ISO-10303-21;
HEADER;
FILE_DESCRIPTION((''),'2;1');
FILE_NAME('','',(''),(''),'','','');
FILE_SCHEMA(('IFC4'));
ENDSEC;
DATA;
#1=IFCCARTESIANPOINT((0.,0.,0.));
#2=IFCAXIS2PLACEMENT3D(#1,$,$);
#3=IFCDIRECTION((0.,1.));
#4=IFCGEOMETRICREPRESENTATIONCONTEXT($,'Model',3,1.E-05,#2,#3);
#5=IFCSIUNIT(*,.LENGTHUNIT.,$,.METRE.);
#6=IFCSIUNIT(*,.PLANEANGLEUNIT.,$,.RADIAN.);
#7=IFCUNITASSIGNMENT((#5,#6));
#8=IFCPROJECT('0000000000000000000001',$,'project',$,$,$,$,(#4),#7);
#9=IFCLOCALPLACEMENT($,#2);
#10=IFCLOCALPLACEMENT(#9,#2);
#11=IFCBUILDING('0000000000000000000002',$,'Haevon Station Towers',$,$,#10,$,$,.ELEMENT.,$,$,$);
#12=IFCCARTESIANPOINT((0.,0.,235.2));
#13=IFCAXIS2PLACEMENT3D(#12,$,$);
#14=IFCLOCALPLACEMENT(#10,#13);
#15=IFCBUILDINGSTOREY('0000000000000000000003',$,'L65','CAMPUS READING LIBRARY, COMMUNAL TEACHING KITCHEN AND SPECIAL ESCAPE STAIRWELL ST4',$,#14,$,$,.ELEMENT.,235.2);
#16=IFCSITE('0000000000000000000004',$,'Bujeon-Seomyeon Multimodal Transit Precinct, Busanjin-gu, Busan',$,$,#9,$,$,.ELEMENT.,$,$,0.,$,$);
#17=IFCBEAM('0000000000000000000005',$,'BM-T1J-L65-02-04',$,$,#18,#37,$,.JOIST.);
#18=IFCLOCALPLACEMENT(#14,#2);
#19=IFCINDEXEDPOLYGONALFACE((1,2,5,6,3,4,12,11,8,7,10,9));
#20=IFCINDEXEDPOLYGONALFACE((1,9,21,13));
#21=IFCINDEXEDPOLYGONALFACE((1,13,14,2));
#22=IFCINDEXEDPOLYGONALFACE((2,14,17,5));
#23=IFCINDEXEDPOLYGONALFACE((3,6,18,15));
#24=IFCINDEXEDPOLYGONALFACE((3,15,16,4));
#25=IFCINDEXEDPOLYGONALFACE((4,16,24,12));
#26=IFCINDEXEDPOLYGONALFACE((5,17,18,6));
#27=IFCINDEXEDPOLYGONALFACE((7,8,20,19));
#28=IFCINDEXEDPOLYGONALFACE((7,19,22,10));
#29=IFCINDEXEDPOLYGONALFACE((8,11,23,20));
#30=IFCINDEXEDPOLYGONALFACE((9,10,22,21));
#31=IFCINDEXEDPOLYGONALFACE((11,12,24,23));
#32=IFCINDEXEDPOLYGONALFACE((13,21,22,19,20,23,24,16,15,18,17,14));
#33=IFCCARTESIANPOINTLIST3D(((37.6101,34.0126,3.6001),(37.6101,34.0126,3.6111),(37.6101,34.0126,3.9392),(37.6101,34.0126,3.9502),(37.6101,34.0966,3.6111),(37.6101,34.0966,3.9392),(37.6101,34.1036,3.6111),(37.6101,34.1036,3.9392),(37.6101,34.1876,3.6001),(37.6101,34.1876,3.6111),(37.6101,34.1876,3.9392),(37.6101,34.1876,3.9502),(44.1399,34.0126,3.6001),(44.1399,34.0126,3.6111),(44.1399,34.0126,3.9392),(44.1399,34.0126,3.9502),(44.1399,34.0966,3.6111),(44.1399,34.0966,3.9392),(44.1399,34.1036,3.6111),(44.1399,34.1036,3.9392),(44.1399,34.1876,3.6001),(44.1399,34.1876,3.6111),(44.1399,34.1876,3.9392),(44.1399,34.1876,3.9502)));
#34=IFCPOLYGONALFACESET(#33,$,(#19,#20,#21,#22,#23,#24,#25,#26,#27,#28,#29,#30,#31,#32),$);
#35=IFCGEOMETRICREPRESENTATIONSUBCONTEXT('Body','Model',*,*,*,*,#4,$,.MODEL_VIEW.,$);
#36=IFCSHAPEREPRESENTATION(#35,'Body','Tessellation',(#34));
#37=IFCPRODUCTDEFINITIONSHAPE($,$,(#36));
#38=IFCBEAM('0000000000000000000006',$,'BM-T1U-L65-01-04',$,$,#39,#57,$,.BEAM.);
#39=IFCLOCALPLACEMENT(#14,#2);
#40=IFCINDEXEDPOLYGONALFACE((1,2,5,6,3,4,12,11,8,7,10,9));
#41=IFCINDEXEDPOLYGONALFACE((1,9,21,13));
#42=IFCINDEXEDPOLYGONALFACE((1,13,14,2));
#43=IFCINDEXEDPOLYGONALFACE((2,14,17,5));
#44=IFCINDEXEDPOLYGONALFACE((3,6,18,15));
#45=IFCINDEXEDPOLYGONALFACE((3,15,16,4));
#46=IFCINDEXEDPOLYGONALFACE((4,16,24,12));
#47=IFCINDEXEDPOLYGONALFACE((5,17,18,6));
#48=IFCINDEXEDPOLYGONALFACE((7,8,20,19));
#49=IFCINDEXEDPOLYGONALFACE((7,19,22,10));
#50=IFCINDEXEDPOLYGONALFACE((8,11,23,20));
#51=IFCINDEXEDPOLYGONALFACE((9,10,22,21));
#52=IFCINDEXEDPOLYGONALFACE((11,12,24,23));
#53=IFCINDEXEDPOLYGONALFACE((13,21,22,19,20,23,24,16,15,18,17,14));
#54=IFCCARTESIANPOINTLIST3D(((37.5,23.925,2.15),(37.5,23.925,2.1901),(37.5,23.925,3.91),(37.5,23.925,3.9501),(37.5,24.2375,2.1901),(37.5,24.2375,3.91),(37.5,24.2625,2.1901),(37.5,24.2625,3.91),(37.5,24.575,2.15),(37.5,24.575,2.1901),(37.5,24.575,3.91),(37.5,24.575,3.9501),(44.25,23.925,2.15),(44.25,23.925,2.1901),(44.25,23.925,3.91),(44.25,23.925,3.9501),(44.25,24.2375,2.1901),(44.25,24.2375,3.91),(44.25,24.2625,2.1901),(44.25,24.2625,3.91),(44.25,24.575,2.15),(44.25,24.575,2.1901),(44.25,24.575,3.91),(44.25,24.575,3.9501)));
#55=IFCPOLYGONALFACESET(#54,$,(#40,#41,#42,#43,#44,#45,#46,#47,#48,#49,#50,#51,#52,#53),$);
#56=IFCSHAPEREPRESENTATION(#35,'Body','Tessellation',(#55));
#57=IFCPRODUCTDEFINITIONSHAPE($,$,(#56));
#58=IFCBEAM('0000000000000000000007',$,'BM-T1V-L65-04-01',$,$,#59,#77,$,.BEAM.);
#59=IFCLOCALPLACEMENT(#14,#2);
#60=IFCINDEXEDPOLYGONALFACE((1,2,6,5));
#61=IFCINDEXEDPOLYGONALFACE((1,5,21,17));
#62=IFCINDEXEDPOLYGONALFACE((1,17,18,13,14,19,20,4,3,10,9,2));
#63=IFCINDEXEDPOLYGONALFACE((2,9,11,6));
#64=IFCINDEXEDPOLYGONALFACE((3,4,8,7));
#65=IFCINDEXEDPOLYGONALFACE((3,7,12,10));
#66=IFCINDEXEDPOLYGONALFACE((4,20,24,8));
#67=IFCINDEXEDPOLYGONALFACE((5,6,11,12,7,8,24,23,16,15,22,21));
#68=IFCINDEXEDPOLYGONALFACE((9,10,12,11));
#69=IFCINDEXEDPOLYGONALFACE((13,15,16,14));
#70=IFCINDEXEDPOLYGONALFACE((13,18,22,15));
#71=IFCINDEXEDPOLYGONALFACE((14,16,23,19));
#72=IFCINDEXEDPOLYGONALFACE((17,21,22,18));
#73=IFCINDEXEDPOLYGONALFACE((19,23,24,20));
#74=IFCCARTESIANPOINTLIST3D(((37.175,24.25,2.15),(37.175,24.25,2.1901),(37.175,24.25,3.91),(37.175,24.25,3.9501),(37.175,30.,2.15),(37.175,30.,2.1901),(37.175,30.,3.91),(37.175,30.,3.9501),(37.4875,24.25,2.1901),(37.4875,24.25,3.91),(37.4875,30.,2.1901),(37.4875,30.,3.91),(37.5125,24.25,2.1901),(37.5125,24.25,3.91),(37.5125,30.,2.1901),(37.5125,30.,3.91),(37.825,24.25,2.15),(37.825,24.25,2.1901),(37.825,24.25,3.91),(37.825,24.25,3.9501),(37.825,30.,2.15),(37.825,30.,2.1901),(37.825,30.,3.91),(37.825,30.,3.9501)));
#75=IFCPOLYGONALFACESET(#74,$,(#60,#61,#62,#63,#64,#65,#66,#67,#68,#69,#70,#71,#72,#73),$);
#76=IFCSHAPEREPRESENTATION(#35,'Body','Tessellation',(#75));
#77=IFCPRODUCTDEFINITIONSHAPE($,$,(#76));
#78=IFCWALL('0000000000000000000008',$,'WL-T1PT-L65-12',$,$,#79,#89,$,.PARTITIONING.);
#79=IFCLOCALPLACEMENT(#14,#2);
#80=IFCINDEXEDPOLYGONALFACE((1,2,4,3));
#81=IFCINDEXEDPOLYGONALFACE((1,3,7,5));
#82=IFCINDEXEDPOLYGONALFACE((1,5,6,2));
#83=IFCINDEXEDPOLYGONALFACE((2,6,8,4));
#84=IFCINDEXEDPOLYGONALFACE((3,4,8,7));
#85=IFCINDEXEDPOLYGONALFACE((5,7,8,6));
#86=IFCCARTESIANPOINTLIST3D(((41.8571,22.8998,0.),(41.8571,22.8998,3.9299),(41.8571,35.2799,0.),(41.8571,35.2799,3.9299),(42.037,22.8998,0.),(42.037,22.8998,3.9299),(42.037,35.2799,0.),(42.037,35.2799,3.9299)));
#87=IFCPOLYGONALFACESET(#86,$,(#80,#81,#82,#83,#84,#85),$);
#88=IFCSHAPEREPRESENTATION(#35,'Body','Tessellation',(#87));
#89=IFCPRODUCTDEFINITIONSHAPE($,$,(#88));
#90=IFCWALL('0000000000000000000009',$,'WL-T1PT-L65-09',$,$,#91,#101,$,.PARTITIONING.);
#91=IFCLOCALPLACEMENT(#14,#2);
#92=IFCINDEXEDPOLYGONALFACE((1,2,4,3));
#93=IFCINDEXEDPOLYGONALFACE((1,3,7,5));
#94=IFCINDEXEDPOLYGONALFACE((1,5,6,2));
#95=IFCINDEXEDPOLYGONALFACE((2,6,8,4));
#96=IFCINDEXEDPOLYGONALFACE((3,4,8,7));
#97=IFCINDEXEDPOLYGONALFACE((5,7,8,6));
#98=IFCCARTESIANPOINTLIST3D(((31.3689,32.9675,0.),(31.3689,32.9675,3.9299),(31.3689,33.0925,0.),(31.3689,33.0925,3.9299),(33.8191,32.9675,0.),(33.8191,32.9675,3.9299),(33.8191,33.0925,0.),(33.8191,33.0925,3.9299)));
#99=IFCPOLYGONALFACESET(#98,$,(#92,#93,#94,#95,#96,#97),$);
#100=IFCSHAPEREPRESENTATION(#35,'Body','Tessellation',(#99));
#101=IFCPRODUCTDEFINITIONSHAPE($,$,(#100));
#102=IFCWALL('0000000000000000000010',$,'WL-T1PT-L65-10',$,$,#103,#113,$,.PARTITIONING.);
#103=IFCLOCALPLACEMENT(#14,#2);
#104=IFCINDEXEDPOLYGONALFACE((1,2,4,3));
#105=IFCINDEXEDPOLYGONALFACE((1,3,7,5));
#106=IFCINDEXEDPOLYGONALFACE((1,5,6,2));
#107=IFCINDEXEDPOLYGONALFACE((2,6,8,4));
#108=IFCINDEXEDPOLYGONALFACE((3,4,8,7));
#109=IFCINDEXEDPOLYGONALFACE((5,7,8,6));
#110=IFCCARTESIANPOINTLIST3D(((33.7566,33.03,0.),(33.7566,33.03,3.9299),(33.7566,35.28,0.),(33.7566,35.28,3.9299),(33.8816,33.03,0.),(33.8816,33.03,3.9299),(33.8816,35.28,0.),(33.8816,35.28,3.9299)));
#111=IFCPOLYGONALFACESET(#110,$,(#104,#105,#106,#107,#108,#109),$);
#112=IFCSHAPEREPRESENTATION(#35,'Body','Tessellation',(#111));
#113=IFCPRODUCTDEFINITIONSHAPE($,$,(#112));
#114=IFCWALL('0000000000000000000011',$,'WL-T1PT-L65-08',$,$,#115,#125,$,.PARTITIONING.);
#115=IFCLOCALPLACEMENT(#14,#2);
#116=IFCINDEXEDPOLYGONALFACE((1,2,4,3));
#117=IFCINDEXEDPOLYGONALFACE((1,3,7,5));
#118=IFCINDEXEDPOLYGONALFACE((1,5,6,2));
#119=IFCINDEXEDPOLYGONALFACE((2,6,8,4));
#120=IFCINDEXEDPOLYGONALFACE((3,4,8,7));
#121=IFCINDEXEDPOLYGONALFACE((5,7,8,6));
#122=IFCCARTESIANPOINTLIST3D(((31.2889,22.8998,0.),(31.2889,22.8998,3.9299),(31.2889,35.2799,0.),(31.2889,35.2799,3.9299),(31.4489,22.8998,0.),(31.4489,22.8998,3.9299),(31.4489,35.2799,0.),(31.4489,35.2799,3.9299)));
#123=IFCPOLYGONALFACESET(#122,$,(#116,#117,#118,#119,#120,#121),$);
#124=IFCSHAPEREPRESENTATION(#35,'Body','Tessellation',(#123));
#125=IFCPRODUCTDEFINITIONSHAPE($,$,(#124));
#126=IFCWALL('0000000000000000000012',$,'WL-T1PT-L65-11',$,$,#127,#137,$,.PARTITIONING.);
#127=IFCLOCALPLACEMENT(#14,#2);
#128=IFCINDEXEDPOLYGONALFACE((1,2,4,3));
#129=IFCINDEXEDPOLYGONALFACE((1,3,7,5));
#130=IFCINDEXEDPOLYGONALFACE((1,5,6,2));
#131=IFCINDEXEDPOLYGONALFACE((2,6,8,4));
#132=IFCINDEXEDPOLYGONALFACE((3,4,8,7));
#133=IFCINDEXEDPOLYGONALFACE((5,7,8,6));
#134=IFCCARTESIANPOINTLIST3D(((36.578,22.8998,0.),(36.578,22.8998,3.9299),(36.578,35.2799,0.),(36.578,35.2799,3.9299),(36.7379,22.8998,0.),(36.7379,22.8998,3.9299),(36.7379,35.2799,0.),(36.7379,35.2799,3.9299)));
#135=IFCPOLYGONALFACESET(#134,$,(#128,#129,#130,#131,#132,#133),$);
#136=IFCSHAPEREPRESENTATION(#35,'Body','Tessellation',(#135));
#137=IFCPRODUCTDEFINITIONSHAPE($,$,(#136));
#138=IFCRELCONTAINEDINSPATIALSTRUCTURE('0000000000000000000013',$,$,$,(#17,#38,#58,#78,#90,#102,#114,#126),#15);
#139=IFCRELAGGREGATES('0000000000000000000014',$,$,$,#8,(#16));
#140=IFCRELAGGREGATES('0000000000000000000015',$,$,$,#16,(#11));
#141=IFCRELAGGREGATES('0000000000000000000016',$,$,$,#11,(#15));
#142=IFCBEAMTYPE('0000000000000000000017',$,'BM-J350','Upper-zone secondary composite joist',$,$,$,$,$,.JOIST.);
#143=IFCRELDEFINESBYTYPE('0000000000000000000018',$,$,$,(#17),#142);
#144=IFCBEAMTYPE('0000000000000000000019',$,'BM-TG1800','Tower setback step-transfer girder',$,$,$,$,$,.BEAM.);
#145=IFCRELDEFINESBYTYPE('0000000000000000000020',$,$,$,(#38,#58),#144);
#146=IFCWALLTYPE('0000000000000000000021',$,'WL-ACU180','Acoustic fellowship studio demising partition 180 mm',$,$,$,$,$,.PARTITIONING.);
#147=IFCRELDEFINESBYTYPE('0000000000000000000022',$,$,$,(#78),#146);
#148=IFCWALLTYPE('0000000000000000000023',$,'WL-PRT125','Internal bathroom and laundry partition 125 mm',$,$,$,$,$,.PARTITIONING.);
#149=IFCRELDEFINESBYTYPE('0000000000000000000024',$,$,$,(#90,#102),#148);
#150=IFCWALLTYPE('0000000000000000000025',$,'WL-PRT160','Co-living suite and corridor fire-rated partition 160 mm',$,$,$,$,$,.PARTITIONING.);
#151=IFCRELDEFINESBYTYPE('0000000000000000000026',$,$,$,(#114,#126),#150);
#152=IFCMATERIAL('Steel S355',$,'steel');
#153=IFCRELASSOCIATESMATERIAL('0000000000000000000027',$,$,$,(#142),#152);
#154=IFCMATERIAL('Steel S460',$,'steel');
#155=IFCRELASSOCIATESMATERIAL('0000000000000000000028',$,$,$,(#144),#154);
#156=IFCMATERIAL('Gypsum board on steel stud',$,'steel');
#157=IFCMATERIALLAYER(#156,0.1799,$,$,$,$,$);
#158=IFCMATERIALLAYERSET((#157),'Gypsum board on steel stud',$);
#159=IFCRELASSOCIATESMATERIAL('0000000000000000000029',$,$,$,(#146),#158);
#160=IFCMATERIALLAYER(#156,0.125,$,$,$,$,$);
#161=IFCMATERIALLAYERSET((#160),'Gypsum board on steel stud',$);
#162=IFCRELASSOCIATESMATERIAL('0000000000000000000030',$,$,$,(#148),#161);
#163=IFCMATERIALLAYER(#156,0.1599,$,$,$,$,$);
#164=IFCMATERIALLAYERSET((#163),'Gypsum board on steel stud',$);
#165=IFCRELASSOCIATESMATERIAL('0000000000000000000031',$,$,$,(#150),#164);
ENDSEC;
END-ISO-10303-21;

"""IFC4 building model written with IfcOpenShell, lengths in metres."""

from ifc_helpers import new_model, si_unit, direction, frame, frame_2d, origin, origin_2d, place, context, subcontext, project, spatial, rectangle, i_section, extrude, material, layer, layer_set, material_profile, profile_set, type_object, element, save


model = new_model("IFC4")

# Units and contexts
model_context = context("Model", 3, precision=1e-05, world=origin(), true_north=direction((0.0, 1.0)))
body_context = subcontext(model_context, "Body", "Model", "MODEL_VIEW")
ifc_project = project(units=[si_unit("LENGTHUNIT", "METRE"), si_unit("PLANEANGLEUNIT", "RADIAN")], contexts=[model_context])

# Site, building, storey
site_placement = place(None, origin())
site = spatial("IfcSite", under=ifc_project, at=site_placement, Name="Bujeon-Seomyeon Multimodal Transit Precinct, Busanjin-gu, Busan", CompositionType="ELEMENT", RefElevation=0.0)
building_placement = place(site_placement, origin())
building = spatial("IfcBuilding", under=site, at=building_placement, Name="Haevon Station Towers", CompositionType="ELEMENT")
storey_placement = place(building_placement, frame((0.0, 0.0, 235.2)))
storey = spatial("IfcBuildingStorey", under=building, at=storey_placement, Name="L65", Description="CAMPUS READING LIBRARY, COMMUNAL TEACHING KITCHEN AND SPECIAL ESCAPE STAIRWELL ST4", CompositionType="ELEMENT", Elevation=235.2)

# Shared definitions
ifc_material_1 = material(Name="Steel S355", Category="steel")

# Beams
ifc_material_profile_1 = material_profile(ifc_material_1, i_section(OverallWidth=0.175, OverallDepth=0.3501, WebThickness=0.0071, FlangeThickness=0.011, at=origin_2d()), Name="H-350x175x7x11")
ifc_profile_set_1 = profile_set([ifc_material_profile_1], Name="Steel S355")
beam_type_1 = type_object("IfcBeamType", Name="BM-J350", Description="Upper-zone secondary composite joist", PredefinedType="JOIST", material=ifc_profile_set_1)
for number, where, z_axis, x_axis, name in (
    (1, (37.6101, 34.1001, 3.7751), (1.0, 0.0, 0.0), (0.0, 1.0, 0.0), "BM-T1J-L65-02-04"),
):
    element("IfcBeam", number, at=place(storey_placement, frame(where, z_axis=z_axis, x_axis=x_axis)), inside=storey, type_object=beam_type_1, Name=name, PredefinedType="JOIST", context=body_context, shape_type="SweptSolid", body=[
        extrude(i_section(OverallWidth=0.175, OverallDepth=0.3501, WebThickness=0.0071, FlangeThickness=0.011, at=origin_2d()), origin(), (0.0, 0.0, 1.0), 6.5298),
    ])
ifc_material_2 = material(Name="Steel S460", Category="steel")
ifc_material_profile_2 = material_profile(ifc_material_2, i_section(OverallWidth=0.6499, OverallDepth=1.8, WebThickness=0.0249, FlangeThickness=0.04, at=origin_2d()), Name="H-1800x650x25x40")
ifc_profile_set_2 = profile_set([ifc_material_profile_2], Name="Steel S460")
beam_type_2 = type_object("IfcBeamType", Name="BM-TG1800", Description="Tower setback step-transfer girder", PredefinedType="BEAM", material=ifc_profile_set_2)
beam_1_placement = place(storey_placement, frame((37.5, 24.25, 3.05), z_axis=(1.0, 0.0, 0.0), x_axis=(0.0, 1.0, 0.0)))
element("IfcBeam", 2, at=beam_1_placement, inside=storey, type_object=beam_type_2, Name="BM-T1U-L65-01-04", PredefinedType="BEAM", context=body_context, shape_type="SweptSolid", body=[
    extrude(i_section(OverallWidth=0.6499, OverallDepth=1.8, WebThickness=0.0249, FlangeThickness=0.04, at=origin_2d()), origin(), (0.0, 0.0, 1.0), 6.75),
])
beam_2_placement = place(storey_placement, frame((37.5, 24.25, 3.05), z_axis=(0.0, 1.0, 0.0), x_axis=(-1.0, 0.0, 0.0)))
element("IfcBeam", 3, at=beam_2_placement, inside=storey, type_object=beam_type_2, Name="BM-T1V-L65-04-01", PredefinedType="BEAM", context=body_context, shape_type="SweptSolid", body=[
    extrude(i_section(OverallWidth=0.6499, OverallDepth=1.8, WebThickness=0.0249, FlangeThickness=0.04, at=origin_2d()), origin(), (0.0, 0.0, 1.0), 5.75),
])

# Walls
ifc_material_3 = material(Name="Gypsum board on steel stud", Category="steel")
ifc_layer_1 = layer(ifc_material_3, 0.1799)
ifc_layer_set_1 = layer_set([ifc_layer_1], Name="Gypsum board on steel stud")
wall_type_1 = type_object("IfcWallType", Name="WL-ACU180", Description="Acoustic fellowship studio demising partition 180 mm", PredefinedType="PARTITIONING", material=ifc_layer_set_1)
wall_1_placement = place(storey_placement, frame((41.947, 22.8999, 0.0), z_axis=(0.0, 0.0, 1.0), x_axis=(0.0, 1.0, 0.0)))
element("IfcWall", 4, at=wall_1_placement, inside=storey, type_object=wall_type_1, Name="WL-T1PT-L65-12", PredefinedType="PARTITIONING", context=body_context, shape_type="SweptSolid", body=[
    extrude(rectangle(XDim=12.3801, YDim=0.1799, at=frame_2d((6.1899, 0.0))), origin(), (0.0, 0.0, 1.0), 3.9299),
])
ifc_layer_2 = layer(ifc_material_3, 0.125)
ifc_layer_set_2 = layer_set([ifc_layer_2], Name="Gypsum board on steel stud")
wall_type_2 = type_object("IfcWallType", Name="WL-PRT125", Description="Internal bathroom and laundry partition 125 mm", PredefinedType="PARTITIONING", material=ifc_layer_set_2)
wall_2_placement = place(storey_placement, frame((31.3689, 33.03, 0.0), z_axis=(0.0, 0.0, 1.0), x_axis=(1.0, 0.0, 0.0)))
element("IfcWall", 5, at=wall_2_placement, inside=storey, type_object=wall_type_2, Name="WL-T1PT-L65-09", PredefinedType="PARTITIONING", context=body_context, shape_type="SweptSolid", body=[
    extrude(rectangle(XDim=2.4502, YDim=0.125, at=frame_2d((1.2251, 0.0))), origin(), (0.0, 0.0, 1.0), 3.9299),
])
wall_3_placement = place(storey_placement, frame((33.8191, 33.03, 0.0), z_axis=(0.0, 0.0, 1.0), x_axis=(0.0, 1.0, 0.0)))
element("IfcWall", 6, at=wall_3_placement, inside=storey, type_object=wall_type_2, Name="WL-T1PT-L65-10", PredefinedType="PARTITIONING", context=body_context, shape_type="SweptSolid", body=[
    extrude(rectangle(XDim=2.25, YDim=0.125, at=frame_2d((1.125, 0.0))), origin(), (0.0, 0.0, 1.0), 3.9299),
])
ifc_layer_3 = layer(ifc_material_3, 0.1599)
ifc_layer_set_3 = layer_set([ifc_layer_3], Name="Gypsum board on steel stud")
wall_type_3 = type_object("IfcWallType", Name="WL-PRT160", Description="Co-living suite and corridor fire-rated partition 160 mm", PredefinedType="PARTITIONING", material=ifc_layer_set_3)
for number, where, z_axis, x_axis, name in (
    (7, (31.3689, 22.8999, 0.0), (0.0, 0.0, 1.0), (0.0, 1.0, 0.0), "WL-T1PT-L65-08"),
    (8, (36.658, 22.8999, 0.0), (0.0, 0.0, 1.0), (0.0, 1.0, 0.0), "WL-T1PT-L65-11"),
):
    element("IfcWall", number, at=place(storey_placement, frame(where, z_axis=z_axis, x_axis=x_axis)), inside=storey, type_object=wall_type_3, Name=name, PredefinedType="PARTITIONING", context=body_context, shape_type="SweptSolid", body=[
        extrude(rectangle(XDim=12.3801, YDim=0.1599, at=frame_2d((6.1899, 0.0))), origin(), (0.0, 0.0, 1.0), 3.9299),
    ])

save(model, "model.ifc")
